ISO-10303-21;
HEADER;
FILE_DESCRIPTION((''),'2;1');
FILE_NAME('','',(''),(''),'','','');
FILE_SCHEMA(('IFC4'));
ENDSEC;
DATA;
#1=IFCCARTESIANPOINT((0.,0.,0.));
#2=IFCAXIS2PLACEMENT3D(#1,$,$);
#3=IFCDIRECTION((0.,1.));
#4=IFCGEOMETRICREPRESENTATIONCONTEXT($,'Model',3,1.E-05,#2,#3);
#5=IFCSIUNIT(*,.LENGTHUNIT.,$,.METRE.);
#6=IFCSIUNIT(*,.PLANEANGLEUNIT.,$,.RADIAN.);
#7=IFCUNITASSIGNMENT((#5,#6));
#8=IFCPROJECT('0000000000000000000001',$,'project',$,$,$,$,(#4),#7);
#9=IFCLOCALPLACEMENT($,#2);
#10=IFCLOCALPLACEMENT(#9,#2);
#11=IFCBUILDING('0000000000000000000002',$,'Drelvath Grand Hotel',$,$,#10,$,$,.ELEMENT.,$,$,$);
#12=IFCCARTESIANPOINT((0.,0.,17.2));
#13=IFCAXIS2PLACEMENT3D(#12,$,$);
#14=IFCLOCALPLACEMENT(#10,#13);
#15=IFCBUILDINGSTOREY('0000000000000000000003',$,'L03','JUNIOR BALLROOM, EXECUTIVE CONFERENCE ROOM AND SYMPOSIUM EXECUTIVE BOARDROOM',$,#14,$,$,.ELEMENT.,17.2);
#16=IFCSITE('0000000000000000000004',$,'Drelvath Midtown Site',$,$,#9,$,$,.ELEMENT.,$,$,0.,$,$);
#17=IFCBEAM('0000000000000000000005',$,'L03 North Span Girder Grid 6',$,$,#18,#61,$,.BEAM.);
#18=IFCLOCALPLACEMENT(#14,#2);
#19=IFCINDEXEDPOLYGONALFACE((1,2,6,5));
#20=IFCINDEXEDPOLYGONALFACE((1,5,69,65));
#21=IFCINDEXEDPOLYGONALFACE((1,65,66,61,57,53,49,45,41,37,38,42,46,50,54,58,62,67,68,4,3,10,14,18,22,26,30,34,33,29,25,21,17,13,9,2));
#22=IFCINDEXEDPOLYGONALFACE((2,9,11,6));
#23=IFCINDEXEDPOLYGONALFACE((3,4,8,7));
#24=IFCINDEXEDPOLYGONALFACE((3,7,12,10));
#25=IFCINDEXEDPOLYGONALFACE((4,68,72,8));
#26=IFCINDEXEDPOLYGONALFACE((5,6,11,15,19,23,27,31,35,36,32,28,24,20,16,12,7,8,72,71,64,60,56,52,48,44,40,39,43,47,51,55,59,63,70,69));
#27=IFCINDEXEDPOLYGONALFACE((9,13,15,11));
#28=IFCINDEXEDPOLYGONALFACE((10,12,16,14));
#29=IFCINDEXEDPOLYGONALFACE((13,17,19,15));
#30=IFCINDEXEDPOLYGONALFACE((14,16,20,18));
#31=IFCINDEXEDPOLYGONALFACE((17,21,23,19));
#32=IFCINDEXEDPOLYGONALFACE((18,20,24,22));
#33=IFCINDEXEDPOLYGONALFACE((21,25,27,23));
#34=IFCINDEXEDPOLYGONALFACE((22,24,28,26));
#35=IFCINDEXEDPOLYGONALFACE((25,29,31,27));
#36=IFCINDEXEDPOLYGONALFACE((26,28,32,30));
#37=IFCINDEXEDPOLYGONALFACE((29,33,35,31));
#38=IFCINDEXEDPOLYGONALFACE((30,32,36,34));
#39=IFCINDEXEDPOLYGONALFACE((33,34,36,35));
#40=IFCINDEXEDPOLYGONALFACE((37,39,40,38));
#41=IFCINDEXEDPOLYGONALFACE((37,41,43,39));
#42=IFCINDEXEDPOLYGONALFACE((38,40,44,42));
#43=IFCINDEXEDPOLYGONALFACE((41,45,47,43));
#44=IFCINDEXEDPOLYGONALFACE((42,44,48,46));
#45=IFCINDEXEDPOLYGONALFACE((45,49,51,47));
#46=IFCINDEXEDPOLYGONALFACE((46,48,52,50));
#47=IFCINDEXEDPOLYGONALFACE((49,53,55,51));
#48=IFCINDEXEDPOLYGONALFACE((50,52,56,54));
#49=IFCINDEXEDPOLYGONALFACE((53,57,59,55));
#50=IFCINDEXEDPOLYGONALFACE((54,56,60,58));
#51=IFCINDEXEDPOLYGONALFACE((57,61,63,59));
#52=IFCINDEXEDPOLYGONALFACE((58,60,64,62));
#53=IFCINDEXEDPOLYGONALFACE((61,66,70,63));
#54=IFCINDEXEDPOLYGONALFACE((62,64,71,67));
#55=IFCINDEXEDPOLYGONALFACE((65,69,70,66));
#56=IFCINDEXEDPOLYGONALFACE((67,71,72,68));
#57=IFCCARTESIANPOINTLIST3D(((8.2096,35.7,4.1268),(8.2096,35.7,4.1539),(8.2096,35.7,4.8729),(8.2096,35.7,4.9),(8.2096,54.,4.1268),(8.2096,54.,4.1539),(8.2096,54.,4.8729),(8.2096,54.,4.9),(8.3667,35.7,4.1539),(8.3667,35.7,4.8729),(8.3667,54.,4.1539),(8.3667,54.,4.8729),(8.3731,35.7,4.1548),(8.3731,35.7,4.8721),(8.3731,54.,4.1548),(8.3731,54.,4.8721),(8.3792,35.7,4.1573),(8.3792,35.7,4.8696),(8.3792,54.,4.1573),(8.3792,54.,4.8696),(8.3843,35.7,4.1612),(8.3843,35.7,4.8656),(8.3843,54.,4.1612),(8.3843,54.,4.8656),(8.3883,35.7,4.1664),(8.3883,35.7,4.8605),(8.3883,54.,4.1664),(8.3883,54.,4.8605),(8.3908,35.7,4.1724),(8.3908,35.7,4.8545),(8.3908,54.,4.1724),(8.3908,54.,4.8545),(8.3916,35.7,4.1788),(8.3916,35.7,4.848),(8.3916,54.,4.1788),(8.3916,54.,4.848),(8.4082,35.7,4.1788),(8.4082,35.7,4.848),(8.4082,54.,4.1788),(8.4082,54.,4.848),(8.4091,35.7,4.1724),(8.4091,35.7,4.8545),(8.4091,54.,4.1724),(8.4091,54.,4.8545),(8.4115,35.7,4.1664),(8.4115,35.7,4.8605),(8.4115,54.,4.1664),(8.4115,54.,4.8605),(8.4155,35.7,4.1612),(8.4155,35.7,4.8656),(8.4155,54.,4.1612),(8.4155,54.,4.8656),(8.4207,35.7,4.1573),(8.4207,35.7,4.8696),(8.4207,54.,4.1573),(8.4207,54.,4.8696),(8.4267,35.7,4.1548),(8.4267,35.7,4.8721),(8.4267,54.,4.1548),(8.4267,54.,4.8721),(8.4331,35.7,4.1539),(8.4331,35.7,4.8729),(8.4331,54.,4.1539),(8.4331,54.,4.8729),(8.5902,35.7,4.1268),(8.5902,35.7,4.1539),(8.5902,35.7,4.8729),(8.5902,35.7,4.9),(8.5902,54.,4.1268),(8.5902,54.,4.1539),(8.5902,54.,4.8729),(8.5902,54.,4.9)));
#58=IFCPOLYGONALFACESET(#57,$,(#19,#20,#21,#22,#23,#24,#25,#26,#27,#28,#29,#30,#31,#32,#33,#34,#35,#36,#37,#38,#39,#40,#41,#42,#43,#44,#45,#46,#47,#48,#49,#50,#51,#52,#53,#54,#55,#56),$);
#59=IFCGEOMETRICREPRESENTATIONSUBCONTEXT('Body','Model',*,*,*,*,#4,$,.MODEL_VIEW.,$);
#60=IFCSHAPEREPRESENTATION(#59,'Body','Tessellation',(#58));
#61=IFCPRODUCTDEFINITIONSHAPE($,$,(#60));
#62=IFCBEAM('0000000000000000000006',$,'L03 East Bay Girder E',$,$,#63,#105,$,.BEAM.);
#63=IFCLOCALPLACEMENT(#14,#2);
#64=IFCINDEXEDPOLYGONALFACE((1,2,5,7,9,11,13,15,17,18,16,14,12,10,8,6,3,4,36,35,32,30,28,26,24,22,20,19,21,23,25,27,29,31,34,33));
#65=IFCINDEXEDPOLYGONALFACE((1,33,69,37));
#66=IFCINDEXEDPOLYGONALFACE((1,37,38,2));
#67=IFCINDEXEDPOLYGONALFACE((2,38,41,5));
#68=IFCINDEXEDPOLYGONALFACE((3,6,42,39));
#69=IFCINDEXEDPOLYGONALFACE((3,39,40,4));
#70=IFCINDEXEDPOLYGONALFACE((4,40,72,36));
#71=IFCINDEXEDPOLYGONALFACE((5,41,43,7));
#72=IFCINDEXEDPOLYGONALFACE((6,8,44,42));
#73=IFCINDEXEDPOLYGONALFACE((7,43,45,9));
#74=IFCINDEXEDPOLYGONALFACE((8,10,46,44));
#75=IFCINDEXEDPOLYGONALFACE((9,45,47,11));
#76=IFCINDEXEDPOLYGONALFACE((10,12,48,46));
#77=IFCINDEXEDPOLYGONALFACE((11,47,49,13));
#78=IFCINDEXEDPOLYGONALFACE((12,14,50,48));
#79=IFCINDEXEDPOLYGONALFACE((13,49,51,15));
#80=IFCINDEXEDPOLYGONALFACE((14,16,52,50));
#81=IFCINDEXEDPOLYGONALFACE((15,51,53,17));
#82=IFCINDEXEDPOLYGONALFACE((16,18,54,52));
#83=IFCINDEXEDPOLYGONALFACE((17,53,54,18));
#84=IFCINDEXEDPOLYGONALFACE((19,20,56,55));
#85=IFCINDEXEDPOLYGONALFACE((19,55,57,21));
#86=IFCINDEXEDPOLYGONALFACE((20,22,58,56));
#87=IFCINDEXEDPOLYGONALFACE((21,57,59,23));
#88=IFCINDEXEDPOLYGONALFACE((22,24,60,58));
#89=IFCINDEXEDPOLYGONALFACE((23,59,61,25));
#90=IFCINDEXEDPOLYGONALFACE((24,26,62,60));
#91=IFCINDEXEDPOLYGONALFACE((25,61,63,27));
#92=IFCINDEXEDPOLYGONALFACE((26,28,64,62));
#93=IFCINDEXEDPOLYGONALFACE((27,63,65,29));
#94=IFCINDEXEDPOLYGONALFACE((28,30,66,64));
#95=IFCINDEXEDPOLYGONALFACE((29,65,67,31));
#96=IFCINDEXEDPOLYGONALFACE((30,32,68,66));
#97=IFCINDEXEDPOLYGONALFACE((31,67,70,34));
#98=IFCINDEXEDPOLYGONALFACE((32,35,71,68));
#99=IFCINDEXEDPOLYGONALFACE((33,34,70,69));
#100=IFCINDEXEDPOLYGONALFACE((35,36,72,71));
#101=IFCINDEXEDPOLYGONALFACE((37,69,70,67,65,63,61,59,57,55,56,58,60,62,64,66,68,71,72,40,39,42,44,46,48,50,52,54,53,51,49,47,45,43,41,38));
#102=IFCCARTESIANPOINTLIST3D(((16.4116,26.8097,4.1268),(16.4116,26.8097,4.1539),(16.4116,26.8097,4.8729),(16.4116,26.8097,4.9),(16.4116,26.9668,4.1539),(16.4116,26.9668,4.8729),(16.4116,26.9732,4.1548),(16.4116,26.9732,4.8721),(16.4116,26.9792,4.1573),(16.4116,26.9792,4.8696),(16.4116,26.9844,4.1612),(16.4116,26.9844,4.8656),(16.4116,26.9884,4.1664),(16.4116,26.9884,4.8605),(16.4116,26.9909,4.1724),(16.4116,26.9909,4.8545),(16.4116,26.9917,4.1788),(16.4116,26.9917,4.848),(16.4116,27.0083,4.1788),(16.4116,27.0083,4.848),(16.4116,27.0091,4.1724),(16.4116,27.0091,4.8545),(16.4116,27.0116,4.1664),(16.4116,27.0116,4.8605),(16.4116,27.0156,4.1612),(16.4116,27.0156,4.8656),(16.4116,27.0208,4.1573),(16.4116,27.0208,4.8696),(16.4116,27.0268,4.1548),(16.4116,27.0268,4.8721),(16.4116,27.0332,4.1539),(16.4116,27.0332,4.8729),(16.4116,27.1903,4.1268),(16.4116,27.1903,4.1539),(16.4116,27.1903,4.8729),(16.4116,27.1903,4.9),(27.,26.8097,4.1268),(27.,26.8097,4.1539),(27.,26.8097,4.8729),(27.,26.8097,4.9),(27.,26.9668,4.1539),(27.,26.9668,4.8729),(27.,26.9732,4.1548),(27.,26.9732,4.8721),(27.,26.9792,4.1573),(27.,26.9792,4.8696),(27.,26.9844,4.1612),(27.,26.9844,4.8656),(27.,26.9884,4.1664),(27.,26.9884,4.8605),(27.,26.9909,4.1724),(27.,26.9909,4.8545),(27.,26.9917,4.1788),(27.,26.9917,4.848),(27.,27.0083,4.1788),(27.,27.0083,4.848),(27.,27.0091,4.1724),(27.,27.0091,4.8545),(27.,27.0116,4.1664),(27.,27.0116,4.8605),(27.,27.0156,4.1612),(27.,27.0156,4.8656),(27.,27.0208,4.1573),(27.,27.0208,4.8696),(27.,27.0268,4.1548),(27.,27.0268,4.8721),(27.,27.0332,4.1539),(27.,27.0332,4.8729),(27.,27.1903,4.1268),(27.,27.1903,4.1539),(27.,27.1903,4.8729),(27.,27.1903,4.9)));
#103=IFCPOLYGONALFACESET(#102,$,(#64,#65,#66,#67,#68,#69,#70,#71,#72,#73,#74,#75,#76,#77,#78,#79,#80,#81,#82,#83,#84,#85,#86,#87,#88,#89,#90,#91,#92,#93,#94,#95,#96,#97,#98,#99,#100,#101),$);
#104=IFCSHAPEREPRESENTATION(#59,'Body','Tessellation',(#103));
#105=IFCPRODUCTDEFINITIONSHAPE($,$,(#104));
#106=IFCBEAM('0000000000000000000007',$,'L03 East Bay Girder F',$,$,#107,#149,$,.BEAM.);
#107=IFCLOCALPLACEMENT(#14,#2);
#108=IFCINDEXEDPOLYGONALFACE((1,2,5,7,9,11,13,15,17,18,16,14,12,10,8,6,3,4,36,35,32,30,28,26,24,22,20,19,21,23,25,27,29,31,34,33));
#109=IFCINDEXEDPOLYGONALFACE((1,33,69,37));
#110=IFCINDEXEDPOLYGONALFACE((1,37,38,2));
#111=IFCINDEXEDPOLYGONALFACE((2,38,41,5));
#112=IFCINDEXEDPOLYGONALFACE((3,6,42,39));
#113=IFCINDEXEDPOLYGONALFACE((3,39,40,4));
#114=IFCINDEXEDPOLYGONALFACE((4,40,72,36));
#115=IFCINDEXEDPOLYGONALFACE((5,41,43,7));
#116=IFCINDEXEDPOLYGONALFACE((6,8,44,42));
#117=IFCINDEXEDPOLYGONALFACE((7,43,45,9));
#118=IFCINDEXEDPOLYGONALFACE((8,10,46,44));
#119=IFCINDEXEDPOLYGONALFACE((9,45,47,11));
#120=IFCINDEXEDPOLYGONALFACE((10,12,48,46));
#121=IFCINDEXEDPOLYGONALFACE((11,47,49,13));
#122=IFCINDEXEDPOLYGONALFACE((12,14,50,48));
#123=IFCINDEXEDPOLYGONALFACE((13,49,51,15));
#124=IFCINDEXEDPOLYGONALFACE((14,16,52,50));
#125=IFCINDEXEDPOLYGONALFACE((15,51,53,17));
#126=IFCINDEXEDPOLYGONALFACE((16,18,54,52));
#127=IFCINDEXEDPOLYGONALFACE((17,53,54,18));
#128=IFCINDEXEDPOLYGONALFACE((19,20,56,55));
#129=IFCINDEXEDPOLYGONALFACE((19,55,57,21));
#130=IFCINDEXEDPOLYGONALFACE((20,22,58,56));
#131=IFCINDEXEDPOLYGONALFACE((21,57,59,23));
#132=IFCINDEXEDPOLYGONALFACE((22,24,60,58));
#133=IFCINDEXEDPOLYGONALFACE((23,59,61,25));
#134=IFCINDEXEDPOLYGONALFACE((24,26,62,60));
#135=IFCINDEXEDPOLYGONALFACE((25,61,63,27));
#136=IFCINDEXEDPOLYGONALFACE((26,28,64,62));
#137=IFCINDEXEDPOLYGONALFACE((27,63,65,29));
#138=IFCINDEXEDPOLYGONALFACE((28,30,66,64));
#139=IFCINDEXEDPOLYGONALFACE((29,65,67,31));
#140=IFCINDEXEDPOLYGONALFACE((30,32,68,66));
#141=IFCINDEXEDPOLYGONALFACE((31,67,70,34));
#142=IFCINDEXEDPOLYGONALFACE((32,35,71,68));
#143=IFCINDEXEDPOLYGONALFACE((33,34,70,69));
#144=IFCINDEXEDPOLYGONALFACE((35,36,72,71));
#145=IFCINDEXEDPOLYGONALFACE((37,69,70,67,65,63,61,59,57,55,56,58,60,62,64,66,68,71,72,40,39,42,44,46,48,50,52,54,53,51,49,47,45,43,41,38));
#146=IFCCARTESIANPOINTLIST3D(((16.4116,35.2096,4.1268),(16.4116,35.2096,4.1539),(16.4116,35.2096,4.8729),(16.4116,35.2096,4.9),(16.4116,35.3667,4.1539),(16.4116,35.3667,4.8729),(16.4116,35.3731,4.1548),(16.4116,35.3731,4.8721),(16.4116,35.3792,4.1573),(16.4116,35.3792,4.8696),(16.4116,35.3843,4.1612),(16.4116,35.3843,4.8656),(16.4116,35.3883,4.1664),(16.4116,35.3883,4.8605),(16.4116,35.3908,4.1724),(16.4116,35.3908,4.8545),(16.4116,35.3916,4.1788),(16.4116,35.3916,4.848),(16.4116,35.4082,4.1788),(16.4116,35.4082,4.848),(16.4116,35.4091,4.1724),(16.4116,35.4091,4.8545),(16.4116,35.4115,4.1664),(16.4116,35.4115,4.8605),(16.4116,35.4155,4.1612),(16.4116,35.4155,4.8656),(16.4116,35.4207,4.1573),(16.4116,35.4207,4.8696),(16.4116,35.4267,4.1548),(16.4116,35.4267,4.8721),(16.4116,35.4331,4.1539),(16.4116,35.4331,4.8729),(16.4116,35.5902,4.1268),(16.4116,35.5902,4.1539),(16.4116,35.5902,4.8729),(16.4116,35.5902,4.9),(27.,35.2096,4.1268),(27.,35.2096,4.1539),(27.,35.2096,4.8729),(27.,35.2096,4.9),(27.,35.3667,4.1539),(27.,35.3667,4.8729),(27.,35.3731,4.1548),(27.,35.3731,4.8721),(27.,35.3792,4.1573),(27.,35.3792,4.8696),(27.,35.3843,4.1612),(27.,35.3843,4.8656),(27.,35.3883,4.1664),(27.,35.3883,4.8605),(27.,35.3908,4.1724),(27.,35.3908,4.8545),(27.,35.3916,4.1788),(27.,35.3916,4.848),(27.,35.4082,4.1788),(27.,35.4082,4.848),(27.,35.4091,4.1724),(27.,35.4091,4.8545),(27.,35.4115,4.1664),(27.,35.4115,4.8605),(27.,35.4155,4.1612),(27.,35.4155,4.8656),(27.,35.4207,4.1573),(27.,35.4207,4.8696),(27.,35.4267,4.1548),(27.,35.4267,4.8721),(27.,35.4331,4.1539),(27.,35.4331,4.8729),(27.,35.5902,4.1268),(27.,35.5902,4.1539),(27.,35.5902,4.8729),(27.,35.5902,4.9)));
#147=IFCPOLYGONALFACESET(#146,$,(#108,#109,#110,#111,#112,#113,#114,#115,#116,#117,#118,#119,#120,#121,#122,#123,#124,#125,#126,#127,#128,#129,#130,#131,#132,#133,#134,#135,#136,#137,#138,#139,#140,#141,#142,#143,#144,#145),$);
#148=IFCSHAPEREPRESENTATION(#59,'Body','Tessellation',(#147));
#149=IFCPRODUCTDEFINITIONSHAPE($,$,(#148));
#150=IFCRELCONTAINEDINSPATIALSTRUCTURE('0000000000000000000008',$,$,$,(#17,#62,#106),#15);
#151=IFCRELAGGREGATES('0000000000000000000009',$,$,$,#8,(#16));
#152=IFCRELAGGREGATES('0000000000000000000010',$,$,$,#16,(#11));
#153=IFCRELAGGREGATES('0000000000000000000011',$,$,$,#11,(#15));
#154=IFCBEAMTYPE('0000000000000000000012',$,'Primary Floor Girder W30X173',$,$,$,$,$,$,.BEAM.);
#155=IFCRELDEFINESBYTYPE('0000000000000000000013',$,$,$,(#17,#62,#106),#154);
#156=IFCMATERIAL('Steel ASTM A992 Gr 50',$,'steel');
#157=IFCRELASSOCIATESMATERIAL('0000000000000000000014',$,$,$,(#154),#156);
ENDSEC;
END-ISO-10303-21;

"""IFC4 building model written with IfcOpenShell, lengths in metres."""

from ifc_helpers import new_model, si_unit, direction, frame, origin, origin_2d, place, context, subcontext, project, spatial, i_section, extrude, material, material_profile, profile_set, type_object, element, save


model = new_model("IFC4")

# Units and contexts
model_context = context("Model", 3, precision=1e-05, world=origin(), true_north=direction((0.0, 1.0)))
body_context = subcontext(model_context, "Body", "Model", "MODEL_VIEW")
ifc_project = project(units=[si_unit("LENGTHUNIT", "METRE"), si_unit("PLANEANGLEUNIT", "RADIAN")], contexts=[model_context])

# Site, building, storey
site_placement = place(None, origin())
site = spatial("IfcSite", under=ifc_project, at=site_placement, Name="Drelvath Midtown Site", CompositionType="ELEMENT", RefElevation=0.0)
building_placement = place(site_placement, origin())
building = spatial("IfcBuilding", under=site, at=building_placement, Name="Drelvath Grand Hotel", CompositionType="ELEMENT")
storey_placement = place(building_placement, frame((0.0, 0.0, 17.2)))
storey = spatial("IfcBuildingStorey", under=building, at=storey_placement, Name="L03", Description="JUNIOR BALLROOM, EXECUTIVE CONFERENCE ROOM AND SYMPOSIUM EXECUTIVE BOARDROOM", CompositionType="ELEMENT", Elevation=17.2)

# Beams
ifc_material_1 = material(Name="Steel ASTM A992 Gr 50", Category="steel")
ifc_material_profile_1 = material_profile(ifc_material_1, i_section(OverallWidth=0.3806, OverallDepth=0.7732, WebThickness=0.0166, FlangeThickness=0.0271, FilletRadius=0.0249, at=origin_2d()), Name="W30X173")
ifc_profile_set_1 = profile_set([ifc_material_profile_1], Name="Steel ASTM A992 Gr 50")
beam_type_1 = type_object("IfcBeamType", Name="Primary Floor Girder W30X173", PredefinedType="BEAM", material=ifc_profile_set_1)
beam_1_placement = place(storey_placement, frame((8.3999, 35.7, 4.5134), z_axis=(0.0, 1.0, 0.0), x_axis=(-1.0, 0.0, 0.0)))
element("IfcBeam", 1, at=beam_1_placement, inside=storey, type_object=beam_type_1, Name="L03 North Span Girder Grid 6", PredefinedType="BEAM", context=body_context, shape_type="SweptSolid", body=[
    extrude(i_section(OverallWidth=0.3806, OverallDepth=0.7732, WebThickness=0.0166, FlangeThickness=0.0271, FilletRadius=0.0249, at=origin_2d()), origin(), (0.0, 0.0, 1.0), 18.3),
])
for number, where, z_axis, x_axis, name in (
    (2, (16.4116, 27.0, 4.5134), (1.0, 0.0, 0.0), (0.0, 1.0, 0.0), "L03 East Bay Girder E"),
    (3, (16.4116, 35.3999, 4.5134), (1.0, 0.0, 0.0), (0.0, 1.0, 0.0), "L03 East Bay Girder F"),
):
    element("IfcBeam", number, at=place(storey_placement, frame(where, z_axis=z_axis, x_axis=x_axis)), inside=storey, type_object=beam_type_1, Name=name, PredefinedType="BEAM", context=body_context, shape_type="SweptSolid", body=[
        extrude(i_section(OverallWidth=0.3806, OverallDepth=0.7732, WebThickness=0.0166, FlangeThickness=0.0271, FilletRadius=0.0249, at=origin_2d()), origin(), (0.0, 0.0, 1.0), 10.5884),
    ])

save(model, "model.ifc")
